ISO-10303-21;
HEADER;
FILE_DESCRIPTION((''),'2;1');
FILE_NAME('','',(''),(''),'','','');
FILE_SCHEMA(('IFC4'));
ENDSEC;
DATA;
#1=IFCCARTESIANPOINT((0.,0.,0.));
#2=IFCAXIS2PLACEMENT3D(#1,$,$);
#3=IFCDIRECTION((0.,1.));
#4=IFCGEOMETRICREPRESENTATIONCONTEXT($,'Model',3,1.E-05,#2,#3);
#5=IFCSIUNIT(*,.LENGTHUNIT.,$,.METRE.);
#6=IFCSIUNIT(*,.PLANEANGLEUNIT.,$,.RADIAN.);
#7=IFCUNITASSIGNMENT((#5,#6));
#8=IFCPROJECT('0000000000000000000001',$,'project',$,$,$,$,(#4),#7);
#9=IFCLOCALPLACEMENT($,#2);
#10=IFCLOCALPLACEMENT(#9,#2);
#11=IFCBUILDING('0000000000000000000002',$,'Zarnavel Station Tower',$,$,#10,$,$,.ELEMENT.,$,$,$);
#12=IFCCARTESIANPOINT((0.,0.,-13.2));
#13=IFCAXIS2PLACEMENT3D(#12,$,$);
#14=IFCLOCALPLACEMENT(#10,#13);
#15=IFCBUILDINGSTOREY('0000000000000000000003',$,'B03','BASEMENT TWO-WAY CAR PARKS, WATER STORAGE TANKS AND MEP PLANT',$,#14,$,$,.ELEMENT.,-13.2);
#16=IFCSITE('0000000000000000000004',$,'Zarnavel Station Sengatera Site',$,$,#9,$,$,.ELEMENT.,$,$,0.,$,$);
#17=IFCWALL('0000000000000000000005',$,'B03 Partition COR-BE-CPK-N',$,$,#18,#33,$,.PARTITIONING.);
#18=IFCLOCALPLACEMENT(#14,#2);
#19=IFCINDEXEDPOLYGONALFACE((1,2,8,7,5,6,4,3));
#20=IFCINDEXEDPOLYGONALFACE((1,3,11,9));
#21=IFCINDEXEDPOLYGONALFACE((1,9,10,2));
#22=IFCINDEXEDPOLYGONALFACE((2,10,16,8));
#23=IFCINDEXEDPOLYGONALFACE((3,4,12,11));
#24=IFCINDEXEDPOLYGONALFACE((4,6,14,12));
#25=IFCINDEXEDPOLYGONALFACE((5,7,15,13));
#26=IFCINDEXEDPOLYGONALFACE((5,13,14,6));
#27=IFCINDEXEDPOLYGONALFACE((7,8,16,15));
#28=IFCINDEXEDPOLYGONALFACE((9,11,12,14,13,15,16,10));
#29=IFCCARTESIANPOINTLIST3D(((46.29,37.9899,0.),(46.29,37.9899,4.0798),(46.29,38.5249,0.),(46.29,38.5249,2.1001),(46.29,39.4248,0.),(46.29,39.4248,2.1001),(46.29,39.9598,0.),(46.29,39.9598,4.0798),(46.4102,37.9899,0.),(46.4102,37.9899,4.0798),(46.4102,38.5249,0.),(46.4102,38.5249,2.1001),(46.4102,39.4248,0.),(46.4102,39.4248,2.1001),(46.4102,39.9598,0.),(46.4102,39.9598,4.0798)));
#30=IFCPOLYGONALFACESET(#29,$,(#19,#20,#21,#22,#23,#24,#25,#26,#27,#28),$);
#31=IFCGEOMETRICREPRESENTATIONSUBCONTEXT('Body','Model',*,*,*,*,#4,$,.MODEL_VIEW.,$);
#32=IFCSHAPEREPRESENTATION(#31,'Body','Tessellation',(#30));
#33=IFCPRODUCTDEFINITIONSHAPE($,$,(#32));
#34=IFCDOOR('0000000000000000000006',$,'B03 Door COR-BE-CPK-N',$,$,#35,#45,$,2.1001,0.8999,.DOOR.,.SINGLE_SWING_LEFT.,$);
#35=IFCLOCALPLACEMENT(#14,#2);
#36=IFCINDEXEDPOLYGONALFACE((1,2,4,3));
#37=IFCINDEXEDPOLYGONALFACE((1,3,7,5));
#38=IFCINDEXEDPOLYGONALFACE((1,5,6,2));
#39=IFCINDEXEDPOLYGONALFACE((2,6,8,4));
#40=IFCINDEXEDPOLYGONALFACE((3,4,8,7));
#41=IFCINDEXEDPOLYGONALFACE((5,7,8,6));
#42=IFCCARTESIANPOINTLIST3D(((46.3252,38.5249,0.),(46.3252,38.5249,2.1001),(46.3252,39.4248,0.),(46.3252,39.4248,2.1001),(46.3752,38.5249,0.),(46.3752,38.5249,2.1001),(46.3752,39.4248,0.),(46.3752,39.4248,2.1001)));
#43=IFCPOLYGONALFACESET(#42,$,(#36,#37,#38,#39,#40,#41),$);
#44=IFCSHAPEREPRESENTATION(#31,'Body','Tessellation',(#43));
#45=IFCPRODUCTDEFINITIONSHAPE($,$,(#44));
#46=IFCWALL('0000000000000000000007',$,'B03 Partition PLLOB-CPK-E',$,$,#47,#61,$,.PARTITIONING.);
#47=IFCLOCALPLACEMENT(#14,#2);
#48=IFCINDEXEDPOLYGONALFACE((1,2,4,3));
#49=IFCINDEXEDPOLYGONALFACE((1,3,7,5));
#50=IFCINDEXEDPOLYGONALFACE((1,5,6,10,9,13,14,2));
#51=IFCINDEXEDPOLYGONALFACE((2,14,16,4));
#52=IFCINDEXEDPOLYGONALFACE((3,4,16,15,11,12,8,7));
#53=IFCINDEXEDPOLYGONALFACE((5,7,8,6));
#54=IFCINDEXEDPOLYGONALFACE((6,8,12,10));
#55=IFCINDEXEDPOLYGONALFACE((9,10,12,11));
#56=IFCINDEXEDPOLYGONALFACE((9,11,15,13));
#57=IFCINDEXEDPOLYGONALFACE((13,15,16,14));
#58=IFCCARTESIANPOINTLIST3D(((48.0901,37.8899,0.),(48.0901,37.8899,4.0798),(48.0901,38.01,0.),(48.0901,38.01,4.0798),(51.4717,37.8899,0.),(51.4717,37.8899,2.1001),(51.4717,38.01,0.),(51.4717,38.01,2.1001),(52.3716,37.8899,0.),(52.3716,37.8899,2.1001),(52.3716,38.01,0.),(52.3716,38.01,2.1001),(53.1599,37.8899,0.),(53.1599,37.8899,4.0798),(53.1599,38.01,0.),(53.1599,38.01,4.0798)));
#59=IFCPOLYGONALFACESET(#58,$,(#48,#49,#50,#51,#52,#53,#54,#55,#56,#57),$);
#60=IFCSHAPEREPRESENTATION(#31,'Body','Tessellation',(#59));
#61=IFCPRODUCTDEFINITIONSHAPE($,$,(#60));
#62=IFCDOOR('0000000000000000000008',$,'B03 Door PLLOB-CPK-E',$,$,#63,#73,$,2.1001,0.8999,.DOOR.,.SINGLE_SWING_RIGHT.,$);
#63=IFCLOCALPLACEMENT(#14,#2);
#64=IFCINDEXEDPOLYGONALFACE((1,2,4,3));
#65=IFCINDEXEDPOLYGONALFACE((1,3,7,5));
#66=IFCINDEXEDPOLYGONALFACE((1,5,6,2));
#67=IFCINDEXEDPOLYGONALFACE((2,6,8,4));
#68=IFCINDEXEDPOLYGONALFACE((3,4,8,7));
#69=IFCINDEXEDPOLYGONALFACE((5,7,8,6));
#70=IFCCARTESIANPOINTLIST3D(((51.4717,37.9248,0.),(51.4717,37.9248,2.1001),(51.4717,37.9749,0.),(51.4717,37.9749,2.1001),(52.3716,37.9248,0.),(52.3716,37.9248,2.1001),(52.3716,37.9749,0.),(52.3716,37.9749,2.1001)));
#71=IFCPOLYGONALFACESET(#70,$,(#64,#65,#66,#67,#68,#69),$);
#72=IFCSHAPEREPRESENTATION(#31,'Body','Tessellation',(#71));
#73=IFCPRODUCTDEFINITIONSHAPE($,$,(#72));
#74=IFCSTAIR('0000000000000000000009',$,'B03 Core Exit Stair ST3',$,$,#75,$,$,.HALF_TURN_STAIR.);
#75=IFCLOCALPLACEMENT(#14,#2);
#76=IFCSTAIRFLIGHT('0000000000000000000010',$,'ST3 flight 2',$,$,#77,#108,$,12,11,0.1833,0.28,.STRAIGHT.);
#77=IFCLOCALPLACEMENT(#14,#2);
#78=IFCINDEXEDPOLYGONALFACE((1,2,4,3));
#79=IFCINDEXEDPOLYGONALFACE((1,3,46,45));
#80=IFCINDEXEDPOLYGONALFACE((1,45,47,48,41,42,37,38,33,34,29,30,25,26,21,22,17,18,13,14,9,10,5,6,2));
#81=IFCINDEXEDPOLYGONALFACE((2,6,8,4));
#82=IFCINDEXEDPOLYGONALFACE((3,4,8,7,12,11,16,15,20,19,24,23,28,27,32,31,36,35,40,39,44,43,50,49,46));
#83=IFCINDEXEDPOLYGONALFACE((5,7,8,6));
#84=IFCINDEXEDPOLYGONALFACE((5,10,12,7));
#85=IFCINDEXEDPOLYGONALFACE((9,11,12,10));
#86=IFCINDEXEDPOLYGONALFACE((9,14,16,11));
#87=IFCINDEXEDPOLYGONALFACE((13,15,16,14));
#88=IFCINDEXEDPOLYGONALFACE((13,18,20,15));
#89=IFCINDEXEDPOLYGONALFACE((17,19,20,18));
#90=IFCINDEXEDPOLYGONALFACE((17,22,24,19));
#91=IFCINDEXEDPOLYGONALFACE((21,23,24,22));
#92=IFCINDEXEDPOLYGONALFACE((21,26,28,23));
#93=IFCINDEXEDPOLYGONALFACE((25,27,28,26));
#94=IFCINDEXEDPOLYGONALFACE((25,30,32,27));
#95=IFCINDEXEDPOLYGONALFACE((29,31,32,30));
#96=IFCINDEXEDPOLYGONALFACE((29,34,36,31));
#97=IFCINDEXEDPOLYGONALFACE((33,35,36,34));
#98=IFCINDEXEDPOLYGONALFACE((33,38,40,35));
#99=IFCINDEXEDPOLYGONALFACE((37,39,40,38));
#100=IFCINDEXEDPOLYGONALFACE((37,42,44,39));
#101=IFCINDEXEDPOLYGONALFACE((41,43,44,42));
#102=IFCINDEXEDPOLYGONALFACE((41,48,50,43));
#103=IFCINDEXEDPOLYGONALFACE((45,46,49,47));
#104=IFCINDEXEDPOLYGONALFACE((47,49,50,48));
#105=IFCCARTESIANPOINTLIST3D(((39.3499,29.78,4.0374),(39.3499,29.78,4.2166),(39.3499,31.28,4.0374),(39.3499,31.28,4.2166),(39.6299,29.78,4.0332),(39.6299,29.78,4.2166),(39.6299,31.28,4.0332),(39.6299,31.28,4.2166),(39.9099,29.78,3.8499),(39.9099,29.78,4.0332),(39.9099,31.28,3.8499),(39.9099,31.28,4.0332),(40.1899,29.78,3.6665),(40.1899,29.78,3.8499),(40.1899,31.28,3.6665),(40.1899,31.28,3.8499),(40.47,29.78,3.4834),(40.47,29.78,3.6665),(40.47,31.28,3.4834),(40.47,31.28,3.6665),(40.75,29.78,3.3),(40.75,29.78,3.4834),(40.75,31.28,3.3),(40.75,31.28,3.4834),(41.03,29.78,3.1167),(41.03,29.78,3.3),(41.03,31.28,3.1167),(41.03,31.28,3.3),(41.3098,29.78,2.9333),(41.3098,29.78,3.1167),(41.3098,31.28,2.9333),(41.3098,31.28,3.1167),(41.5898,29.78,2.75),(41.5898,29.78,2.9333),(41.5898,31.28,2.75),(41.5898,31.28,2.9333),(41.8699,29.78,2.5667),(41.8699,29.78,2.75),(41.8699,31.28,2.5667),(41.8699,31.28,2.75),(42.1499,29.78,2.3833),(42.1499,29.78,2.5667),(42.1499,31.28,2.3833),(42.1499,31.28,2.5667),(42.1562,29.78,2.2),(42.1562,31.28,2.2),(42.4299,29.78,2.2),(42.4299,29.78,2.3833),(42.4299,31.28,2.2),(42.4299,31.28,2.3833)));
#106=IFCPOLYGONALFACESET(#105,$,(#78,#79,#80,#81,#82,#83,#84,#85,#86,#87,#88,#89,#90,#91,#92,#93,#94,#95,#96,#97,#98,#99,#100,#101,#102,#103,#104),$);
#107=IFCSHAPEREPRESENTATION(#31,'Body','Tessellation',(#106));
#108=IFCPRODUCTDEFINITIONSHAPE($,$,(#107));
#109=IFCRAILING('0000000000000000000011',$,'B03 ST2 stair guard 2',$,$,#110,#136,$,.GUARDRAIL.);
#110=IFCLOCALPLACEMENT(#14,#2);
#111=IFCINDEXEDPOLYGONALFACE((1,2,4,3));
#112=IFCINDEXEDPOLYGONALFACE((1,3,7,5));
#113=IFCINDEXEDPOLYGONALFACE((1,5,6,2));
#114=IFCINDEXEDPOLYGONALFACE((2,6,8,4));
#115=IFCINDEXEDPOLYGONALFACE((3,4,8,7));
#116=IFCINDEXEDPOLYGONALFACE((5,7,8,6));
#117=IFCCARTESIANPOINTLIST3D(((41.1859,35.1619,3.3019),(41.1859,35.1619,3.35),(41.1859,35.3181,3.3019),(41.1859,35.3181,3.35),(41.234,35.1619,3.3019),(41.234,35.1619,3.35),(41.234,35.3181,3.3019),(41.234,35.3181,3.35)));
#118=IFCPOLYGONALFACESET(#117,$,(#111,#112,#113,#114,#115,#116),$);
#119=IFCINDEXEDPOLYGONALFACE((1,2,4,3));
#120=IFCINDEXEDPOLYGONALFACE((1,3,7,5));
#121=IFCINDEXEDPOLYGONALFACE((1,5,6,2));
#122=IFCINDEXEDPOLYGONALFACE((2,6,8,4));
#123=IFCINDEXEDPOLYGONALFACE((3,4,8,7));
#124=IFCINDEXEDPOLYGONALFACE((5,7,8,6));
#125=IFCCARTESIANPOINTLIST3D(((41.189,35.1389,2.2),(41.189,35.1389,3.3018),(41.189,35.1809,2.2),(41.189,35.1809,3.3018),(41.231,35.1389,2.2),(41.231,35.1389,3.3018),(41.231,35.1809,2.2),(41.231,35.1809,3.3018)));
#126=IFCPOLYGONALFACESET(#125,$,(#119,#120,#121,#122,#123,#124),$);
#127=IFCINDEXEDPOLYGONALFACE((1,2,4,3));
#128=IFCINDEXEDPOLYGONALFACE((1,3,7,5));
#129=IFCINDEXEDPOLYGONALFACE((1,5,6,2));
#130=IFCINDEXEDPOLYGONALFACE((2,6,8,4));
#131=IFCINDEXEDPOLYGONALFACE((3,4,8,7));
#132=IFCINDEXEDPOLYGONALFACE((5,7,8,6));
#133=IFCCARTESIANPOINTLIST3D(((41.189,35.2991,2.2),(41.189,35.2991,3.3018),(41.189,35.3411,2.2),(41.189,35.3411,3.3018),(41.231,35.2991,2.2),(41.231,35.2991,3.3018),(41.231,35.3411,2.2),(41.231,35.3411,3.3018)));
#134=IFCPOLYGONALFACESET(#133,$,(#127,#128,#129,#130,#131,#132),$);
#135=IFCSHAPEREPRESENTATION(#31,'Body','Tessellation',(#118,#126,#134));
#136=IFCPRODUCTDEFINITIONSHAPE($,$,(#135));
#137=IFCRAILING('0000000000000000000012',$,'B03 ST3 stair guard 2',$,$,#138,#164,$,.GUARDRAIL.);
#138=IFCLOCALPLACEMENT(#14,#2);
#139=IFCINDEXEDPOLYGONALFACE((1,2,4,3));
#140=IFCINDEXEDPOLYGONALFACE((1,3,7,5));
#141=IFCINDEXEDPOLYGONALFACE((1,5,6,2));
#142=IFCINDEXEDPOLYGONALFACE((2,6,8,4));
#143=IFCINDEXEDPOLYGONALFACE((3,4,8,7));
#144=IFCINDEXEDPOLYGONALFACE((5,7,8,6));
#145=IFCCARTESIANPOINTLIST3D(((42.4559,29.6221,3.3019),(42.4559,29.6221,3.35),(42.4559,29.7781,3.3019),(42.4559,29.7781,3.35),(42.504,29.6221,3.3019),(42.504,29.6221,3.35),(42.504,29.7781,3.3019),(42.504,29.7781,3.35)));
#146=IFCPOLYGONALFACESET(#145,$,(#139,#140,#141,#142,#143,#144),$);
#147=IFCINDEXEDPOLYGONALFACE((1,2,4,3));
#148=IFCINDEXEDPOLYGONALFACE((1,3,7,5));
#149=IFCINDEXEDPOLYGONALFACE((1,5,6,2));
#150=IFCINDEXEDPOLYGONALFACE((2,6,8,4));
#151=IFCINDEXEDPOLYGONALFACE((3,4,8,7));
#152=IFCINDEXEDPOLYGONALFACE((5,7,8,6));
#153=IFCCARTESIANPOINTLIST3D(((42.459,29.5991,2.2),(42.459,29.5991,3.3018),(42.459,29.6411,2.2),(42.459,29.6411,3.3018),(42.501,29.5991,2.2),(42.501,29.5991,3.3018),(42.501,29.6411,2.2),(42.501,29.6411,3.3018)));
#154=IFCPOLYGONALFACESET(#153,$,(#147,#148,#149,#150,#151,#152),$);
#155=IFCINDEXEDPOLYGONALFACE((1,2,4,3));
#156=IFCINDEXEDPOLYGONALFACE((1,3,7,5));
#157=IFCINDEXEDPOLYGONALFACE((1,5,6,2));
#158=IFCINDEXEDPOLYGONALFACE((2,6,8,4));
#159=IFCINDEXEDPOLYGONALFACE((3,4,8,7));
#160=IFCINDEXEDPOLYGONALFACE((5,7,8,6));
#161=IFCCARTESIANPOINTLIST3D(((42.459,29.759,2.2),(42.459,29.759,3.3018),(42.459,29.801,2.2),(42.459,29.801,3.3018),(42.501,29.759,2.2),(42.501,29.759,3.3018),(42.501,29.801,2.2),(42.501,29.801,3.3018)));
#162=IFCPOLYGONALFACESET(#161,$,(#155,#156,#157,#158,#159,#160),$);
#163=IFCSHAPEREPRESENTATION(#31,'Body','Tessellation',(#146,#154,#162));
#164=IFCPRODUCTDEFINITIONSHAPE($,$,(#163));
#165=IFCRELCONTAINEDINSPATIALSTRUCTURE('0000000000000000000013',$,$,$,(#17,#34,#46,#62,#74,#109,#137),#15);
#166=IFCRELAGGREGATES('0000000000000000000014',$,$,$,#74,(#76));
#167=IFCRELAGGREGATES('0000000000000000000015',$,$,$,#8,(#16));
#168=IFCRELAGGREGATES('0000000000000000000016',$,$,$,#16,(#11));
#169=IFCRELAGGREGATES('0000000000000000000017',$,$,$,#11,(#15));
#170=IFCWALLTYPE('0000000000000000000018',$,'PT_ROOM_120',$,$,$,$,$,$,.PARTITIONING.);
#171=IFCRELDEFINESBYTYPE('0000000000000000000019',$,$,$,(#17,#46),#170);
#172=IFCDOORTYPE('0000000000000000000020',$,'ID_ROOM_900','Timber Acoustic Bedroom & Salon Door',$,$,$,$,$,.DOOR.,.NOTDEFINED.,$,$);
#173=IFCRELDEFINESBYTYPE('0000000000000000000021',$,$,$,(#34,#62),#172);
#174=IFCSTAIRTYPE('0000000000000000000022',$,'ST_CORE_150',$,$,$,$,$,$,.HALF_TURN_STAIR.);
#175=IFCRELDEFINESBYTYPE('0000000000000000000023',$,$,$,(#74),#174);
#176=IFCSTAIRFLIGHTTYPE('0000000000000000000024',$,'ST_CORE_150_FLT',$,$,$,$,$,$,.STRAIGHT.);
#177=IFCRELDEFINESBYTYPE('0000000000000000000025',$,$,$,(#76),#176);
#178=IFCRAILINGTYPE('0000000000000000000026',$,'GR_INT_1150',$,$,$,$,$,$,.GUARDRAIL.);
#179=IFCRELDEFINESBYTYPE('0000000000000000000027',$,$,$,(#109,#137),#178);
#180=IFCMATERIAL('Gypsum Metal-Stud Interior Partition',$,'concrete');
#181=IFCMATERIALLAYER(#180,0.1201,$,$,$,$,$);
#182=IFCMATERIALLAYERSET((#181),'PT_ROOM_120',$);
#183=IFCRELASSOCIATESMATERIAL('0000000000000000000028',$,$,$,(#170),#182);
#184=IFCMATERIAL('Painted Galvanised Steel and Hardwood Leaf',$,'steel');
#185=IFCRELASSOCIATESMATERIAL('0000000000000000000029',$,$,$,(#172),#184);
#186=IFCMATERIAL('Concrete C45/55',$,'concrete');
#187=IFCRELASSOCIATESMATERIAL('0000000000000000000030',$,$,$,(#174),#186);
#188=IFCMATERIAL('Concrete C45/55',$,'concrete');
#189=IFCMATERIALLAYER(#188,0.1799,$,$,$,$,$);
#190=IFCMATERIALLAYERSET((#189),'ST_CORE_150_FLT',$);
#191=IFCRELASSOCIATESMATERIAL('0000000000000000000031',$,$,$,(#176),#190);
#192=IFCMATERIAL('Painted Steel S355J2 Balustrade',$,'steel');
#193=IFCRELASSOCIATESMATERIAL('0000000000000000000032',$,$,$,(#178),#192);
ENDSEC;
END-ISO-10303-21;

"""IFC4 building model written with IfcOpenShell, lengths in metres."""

from ifc_helpers import new_model, si_unit, direction, frame, frame_2d, origin, origin_2d, place, context, subcontext, project, spatial, polyline, rectangle, outline, extrude, material, layer, layer_set, type_object, element, fill, aggregate, save


model = new_model("IFC4")

# Units and contexts
model_context = context("Model", 3, precision=1e-05, world=origin(), true_north=direction((0.0, 1.0)))
body_context = subcontext(model_context, "Body", "Model", "MODEL_VIEW")
ifc_project = project(units=[si_unit("LENGTHUNIT", "METRE"), si_unit("PLANEANGLEUNIT", "RADIAN")], contexts=[model_context])

# Site, building, storey
site_placement = place(None, origin())
site = spatial("IfcSite", under=ifc_project, at=site_placement, Name="Zarnavel Station Sengatera Site", CompositionType="ELEMENT", RefElevation=0.0)
building_placement = place(site_placement, origin())
building = spatial("IfcBuilding", under=site, at=building_placement, Name="Zarnavel Station Tower", CompositionType="ELEMENT")
storey_placement = place(building_placement, frame((0.0, 0.0, -13.2)))
storey = spatial("IfcBuildingStorey", under=building, at=storey_placement, Name="B03", Description="BASEMENT TWO-WAY CAR PARKS, WATER STORAGE TANKS AND MEP PLANT", CompositionType="ELEMENT", Elevation=-13.2)

# Walls, openings, doors
ifc_material_1 = material(Name="Gypsum Metal-Stud Interior Partition", Category="concrete")
ifc_layer_1 = layer(ifc_material_1, 0.1201)
ifc_layer_set_1 = layer_set([ifc_layer_1], Name="PT_ROOM_120")
wall_type_1 = type_object("IfcWallType", Name="PT_ROOM_120", PredefinedType="PARTITIONING", material=ifc_layer_set_1)
wall_1_placement = place(storey_placement, frame((46.3501, 37.99, 0.0), z_axis=(0.0, 0.0, 1.0), x_axis=(0.0, 1.0, 0.0)))
wall_1 = element("IfcWall", 1, at=wall_1_placement, inside=storey, type_object=wall_type_1, Name="B03 Partition COR-BE-CPK-N", PredefinedType="PARTITIONING", context=body_context, shape_type="SweptSolid", body=[
    extrude(rectangle(XDim=1.97, YDim=0.1201, at=frame_2d((0.9849, 0.0))), origin(), (0.0, 0.0, 1.0), 4.0798),
])
opening_1_placement = place(wall_1_placement, frame((0.5349, 0.0, 0.0)))
opening_1 = element("IfcOpeningElement", 2, at=opening_1_placement, cuts=wall_1, PredefinedType="OPENING", context=body_context, shape_type="SweptSolid", body=[
    extrude(rectangle(XDim=0.8999, YDim=2.1001, at=frame_2d((0.45, 1.05))), frame((0.0, 0.0701, 0.0), z_axis=(0.0, -1.0, 0.0), x_axis=(1.0, 0.0, 0.0)), (0.0, 0.0, 1.0), 0.1401),
])
ifc_material_2 = material(Name="Painted Galvanised Steel and Hardwood Leaf", Category="steel")
door_type_1 = type_object("IfcDoorType", Name="ID_ROOM_900", Description="Timber Acoustic Bedroom & Salon Door", OperationType="NOTDEFINED", PredefinedType="DOOR", material=ifc_material_2)
door_1_placement = place(opening_1_placement, origin())
door_1 = element("IfcDoor", 3, at=door_1_placement, inside=storey, type_object=door_type_1, Name="B03 Door COR-BE-CPK-N", OperationType="SINGLE_SWING_LEFT", OverallHeight=2.1001, OverallWidth=0.8999, PredefinedType="DOOR", context=body_context, shape_type="SweptSolid", body=[
    extrude(rectangle(XDim=0.8999, YDim=2.1001, at=frame_2d((0.45, 1.05))), frame((0.0, 0.0249, 0.0), z_axis=(0.0, -1.0, 0.0), x_axis=(1.0, 0.0, 0.0)), (0.0, 0.0, 1.0), 0.05),
])
fill(opening_1, door_1)
wall_2_placement = place(storey_placement, frame((48.0901, 37.95, 0.0), z_axis=(0.0, 0.0, 1.0), x_axis=(1.0, 0.0, 0.0)))
wall_2 = element("IfcWall", 4, at=wall_2_placement, inside=storey, type_object=wall_type_1, Name="B03 Partition PLLOB-CPK-E", PredefinedType="PARTITIONING", context=body_context, shape_type="SweptSolid", body=[
    extrude(rectangle(XDim=5.0698, YDim=0.1201, at=frame_2d((2.5349, 0.0))), origin(), (0.0, 0.0, 1.0), 4.0798),
])
opening_2_placement = place(wall_2_placement, frame((3.3816, 0.0, 0.0)))
opening_2 = element("IfcOpeningElement", 5, at=opening_2_placement, cuts=wall_2, PredefinedType="OPENING", context=body_context, shape_type="SweptSolid", body=[
    extrude(rectangle(XDim=0.8999, YDim=2.1001, at=frame_2d((0.45, 1.05))), frame((0.0, 0.0701, 0.0), z_axis=(0.0, -1.0, 0.0), x_axis=(1.0, 0.0, 0.0)), (0.0, 0.0, 1.0), 0.1401),
])
door_2_placement = place(opening_2_placement, origin())
door_2 = element("IfcDoor", 6, at=door_2_placement, inside=storey, type_object=door_type_1, Name="B03 Door PLLOB-CPK-E", OperationType="SINGLE_SWING_RIGHT", OverallHeight=2.1001, OverallWidth=0.8999, PredefinedType="DOOR", context=body_context, shape_type="SweptSolid", body=[
    extrude(rectangle(XDim=0.8999, YDim=2.1001, at=frame_2d((0.45, 1.05))), frame((0.0, 0.0249, 0.0), z_axis=(0.0, -1.0, 0.0), x_axis=(1.0, 0.0, 0.0)), (0.0, 0.0, 1.0), 0.05),
])
fill(opening_2, door_2)

# Stair, stair flight
ifc_material_3 = material(Name="Concrete C45/55", Category="concrete")
stair_type = type_object("IfcStairType", Name="ST_CORE_150", PredefinedType="HALF_TURN_STAIR", material=ifc_material_3)
stair_placement = place(storey_placement, origin())
stair = element("IfcStair", 7, at=stair_placement, inside=storey, type_object=stair_type, Name="B03 Core Exit Stair ST3", PredefinedType="HALF_TURN_STAIR")
ifc_material_4 = material(Name="Concrete C45/55", Category="concrete")
ifc_layer_2 = layer(ifc_material_4, 0.1799)
ifc_layer_set_2 = layer_set([ifc_layer_2], Name="ST_CORE_150_FLT")
stair_flight_type = type_object("IfcStairFlightType", Name="ST_CORE_150_FLT", PredefinedType="STRAIGHT", material=ifc_layer_set_2)
stair_flight_placement = place(storey_placement, frame((42.4299, 30.53, 2.2), z_axis=(0.0, 0.0, 1.0), x_axis=(-1.0, 0.0, 0.0)))
stair_flight = element("IfcStairFlight", 8, at=stair_flight_placement, type_object=stair_flight_type, Name="ST3 flight 2", NumberOfRisers=12, NumberOfTreads=11, PredefinedType="STRAIGHT", RiserHeight=0.1833, TreadLength=0.28, context=body_context, shape_type="SweptSolid", body=[
    extrude(outline(polyline([(0.0, 0.0), (0.0, 0.1833), (0.28, 0.1833), (0.28, 0.3667), (0.5601, 0.3667), (0.5601, 0.55), (0.8401, 0.55), (0.8401, 0.7334), (1.1201, 0.7334), (1.1201, 0.9167), (1.3999, 0.9167), (1.3999, 1.1001), (1.6799, 1.1001), (1.6799, 1.2834), (1.96, 1.2834), (1.96, 1.4666), (2.24, 1.4666), (2.24, 1.6499), (2.52, 1.6499), (2.52, 1.8333), (2.8, 1.8333), (2.8, 2.0166), (3.0801, 2.0166), (3.0801, 2.2), (3.0801, 1.8374), (0.2737, 0.0), (0.0, 0.0)])), frame((0.0, 0.75, 0.0), z_axis=(0.0, -1.0, 0.0), x_axis=(1.0, 0.0, 0.0)), (0.0, 0.0, 1.0), 1.5),
])
aggregate(stair, [stair_flight])

# Railings
ifc_material_5 = material(Name="Painted Steel S355J2 Balustrade", Category="steel")
railing_type_1 = type_object("IfcRailingType", Name="GR_INT_1150", PredefinedType="GUARDRAIL", material=ifc_material_5)
railing_1_placement = place(storey_placement, frame((41.21, 35.1599, 2.2)))
element("IfcRailing", 9, at=railing_1_placement, inside=storey, type_object=railing_type_1, Name="B03 ST2 stair guard 2", PredefinedType="GUARDRAIL", context=body_context, shape_type="SweptSolid", body=[
    extrude(rectangle(XDim=0.0481, YDim=0.0481, at=origin_2d()), frame((0.0, 0.002, 1.126), z_axis=(0.0, 1.0, 0.0), x_axis=(-1.0, 0.0, 0.0)), (0.0, 0.0, 1.0), 0.1562),
    extrude(rectangle(XDim=0.042, YDim=0.042, at=origin_2d()), origin(), (0.0, 0.0, 1.0), 1.1018),
    extrude(rectangle(XDim=0.042, YDim=0.042, at=origin_2d()), frame((0.0, 0.1602, 0.0)), (0.0, 0.0, 1.0), 1.1018),
])
railing_2_placement = place(storey_placement, frame((42.48, 29.6201, 2.2)))
element("IfcRailing", 10, at=railing_2_placement, inside=storey, type_object=railing_type_1, Name="B03 ST3 stair guard 2", PredefinedType="GUARDRAIL", context=body_context, shape_type="SweptSolid", body=[
    extrude(rectangle(XDim=0.0481, YDim=0.0481, at=origin_2d()), frame((0.0, 0.002, 1.126), z_axis=(0.0, 1.0, 0.0), x_axis=(-1.0, 0.0, 0.0)), (0.0, 0.0, 1.0), 0.156),
    extrude(rectangle(XDim=0.042, YDim=0.042, at=origin_2d()), origin(), (0.0, 0.0, 1.0), 1.1018),
    extrude(rectangle(XDim=0.042, YDim=0.042, at=origin_2d()), frame((0.0, 0.1599, 0.0)), (0.0, 0.0, 1.0), 1.1018),
])

save(model, "model.ifc")
